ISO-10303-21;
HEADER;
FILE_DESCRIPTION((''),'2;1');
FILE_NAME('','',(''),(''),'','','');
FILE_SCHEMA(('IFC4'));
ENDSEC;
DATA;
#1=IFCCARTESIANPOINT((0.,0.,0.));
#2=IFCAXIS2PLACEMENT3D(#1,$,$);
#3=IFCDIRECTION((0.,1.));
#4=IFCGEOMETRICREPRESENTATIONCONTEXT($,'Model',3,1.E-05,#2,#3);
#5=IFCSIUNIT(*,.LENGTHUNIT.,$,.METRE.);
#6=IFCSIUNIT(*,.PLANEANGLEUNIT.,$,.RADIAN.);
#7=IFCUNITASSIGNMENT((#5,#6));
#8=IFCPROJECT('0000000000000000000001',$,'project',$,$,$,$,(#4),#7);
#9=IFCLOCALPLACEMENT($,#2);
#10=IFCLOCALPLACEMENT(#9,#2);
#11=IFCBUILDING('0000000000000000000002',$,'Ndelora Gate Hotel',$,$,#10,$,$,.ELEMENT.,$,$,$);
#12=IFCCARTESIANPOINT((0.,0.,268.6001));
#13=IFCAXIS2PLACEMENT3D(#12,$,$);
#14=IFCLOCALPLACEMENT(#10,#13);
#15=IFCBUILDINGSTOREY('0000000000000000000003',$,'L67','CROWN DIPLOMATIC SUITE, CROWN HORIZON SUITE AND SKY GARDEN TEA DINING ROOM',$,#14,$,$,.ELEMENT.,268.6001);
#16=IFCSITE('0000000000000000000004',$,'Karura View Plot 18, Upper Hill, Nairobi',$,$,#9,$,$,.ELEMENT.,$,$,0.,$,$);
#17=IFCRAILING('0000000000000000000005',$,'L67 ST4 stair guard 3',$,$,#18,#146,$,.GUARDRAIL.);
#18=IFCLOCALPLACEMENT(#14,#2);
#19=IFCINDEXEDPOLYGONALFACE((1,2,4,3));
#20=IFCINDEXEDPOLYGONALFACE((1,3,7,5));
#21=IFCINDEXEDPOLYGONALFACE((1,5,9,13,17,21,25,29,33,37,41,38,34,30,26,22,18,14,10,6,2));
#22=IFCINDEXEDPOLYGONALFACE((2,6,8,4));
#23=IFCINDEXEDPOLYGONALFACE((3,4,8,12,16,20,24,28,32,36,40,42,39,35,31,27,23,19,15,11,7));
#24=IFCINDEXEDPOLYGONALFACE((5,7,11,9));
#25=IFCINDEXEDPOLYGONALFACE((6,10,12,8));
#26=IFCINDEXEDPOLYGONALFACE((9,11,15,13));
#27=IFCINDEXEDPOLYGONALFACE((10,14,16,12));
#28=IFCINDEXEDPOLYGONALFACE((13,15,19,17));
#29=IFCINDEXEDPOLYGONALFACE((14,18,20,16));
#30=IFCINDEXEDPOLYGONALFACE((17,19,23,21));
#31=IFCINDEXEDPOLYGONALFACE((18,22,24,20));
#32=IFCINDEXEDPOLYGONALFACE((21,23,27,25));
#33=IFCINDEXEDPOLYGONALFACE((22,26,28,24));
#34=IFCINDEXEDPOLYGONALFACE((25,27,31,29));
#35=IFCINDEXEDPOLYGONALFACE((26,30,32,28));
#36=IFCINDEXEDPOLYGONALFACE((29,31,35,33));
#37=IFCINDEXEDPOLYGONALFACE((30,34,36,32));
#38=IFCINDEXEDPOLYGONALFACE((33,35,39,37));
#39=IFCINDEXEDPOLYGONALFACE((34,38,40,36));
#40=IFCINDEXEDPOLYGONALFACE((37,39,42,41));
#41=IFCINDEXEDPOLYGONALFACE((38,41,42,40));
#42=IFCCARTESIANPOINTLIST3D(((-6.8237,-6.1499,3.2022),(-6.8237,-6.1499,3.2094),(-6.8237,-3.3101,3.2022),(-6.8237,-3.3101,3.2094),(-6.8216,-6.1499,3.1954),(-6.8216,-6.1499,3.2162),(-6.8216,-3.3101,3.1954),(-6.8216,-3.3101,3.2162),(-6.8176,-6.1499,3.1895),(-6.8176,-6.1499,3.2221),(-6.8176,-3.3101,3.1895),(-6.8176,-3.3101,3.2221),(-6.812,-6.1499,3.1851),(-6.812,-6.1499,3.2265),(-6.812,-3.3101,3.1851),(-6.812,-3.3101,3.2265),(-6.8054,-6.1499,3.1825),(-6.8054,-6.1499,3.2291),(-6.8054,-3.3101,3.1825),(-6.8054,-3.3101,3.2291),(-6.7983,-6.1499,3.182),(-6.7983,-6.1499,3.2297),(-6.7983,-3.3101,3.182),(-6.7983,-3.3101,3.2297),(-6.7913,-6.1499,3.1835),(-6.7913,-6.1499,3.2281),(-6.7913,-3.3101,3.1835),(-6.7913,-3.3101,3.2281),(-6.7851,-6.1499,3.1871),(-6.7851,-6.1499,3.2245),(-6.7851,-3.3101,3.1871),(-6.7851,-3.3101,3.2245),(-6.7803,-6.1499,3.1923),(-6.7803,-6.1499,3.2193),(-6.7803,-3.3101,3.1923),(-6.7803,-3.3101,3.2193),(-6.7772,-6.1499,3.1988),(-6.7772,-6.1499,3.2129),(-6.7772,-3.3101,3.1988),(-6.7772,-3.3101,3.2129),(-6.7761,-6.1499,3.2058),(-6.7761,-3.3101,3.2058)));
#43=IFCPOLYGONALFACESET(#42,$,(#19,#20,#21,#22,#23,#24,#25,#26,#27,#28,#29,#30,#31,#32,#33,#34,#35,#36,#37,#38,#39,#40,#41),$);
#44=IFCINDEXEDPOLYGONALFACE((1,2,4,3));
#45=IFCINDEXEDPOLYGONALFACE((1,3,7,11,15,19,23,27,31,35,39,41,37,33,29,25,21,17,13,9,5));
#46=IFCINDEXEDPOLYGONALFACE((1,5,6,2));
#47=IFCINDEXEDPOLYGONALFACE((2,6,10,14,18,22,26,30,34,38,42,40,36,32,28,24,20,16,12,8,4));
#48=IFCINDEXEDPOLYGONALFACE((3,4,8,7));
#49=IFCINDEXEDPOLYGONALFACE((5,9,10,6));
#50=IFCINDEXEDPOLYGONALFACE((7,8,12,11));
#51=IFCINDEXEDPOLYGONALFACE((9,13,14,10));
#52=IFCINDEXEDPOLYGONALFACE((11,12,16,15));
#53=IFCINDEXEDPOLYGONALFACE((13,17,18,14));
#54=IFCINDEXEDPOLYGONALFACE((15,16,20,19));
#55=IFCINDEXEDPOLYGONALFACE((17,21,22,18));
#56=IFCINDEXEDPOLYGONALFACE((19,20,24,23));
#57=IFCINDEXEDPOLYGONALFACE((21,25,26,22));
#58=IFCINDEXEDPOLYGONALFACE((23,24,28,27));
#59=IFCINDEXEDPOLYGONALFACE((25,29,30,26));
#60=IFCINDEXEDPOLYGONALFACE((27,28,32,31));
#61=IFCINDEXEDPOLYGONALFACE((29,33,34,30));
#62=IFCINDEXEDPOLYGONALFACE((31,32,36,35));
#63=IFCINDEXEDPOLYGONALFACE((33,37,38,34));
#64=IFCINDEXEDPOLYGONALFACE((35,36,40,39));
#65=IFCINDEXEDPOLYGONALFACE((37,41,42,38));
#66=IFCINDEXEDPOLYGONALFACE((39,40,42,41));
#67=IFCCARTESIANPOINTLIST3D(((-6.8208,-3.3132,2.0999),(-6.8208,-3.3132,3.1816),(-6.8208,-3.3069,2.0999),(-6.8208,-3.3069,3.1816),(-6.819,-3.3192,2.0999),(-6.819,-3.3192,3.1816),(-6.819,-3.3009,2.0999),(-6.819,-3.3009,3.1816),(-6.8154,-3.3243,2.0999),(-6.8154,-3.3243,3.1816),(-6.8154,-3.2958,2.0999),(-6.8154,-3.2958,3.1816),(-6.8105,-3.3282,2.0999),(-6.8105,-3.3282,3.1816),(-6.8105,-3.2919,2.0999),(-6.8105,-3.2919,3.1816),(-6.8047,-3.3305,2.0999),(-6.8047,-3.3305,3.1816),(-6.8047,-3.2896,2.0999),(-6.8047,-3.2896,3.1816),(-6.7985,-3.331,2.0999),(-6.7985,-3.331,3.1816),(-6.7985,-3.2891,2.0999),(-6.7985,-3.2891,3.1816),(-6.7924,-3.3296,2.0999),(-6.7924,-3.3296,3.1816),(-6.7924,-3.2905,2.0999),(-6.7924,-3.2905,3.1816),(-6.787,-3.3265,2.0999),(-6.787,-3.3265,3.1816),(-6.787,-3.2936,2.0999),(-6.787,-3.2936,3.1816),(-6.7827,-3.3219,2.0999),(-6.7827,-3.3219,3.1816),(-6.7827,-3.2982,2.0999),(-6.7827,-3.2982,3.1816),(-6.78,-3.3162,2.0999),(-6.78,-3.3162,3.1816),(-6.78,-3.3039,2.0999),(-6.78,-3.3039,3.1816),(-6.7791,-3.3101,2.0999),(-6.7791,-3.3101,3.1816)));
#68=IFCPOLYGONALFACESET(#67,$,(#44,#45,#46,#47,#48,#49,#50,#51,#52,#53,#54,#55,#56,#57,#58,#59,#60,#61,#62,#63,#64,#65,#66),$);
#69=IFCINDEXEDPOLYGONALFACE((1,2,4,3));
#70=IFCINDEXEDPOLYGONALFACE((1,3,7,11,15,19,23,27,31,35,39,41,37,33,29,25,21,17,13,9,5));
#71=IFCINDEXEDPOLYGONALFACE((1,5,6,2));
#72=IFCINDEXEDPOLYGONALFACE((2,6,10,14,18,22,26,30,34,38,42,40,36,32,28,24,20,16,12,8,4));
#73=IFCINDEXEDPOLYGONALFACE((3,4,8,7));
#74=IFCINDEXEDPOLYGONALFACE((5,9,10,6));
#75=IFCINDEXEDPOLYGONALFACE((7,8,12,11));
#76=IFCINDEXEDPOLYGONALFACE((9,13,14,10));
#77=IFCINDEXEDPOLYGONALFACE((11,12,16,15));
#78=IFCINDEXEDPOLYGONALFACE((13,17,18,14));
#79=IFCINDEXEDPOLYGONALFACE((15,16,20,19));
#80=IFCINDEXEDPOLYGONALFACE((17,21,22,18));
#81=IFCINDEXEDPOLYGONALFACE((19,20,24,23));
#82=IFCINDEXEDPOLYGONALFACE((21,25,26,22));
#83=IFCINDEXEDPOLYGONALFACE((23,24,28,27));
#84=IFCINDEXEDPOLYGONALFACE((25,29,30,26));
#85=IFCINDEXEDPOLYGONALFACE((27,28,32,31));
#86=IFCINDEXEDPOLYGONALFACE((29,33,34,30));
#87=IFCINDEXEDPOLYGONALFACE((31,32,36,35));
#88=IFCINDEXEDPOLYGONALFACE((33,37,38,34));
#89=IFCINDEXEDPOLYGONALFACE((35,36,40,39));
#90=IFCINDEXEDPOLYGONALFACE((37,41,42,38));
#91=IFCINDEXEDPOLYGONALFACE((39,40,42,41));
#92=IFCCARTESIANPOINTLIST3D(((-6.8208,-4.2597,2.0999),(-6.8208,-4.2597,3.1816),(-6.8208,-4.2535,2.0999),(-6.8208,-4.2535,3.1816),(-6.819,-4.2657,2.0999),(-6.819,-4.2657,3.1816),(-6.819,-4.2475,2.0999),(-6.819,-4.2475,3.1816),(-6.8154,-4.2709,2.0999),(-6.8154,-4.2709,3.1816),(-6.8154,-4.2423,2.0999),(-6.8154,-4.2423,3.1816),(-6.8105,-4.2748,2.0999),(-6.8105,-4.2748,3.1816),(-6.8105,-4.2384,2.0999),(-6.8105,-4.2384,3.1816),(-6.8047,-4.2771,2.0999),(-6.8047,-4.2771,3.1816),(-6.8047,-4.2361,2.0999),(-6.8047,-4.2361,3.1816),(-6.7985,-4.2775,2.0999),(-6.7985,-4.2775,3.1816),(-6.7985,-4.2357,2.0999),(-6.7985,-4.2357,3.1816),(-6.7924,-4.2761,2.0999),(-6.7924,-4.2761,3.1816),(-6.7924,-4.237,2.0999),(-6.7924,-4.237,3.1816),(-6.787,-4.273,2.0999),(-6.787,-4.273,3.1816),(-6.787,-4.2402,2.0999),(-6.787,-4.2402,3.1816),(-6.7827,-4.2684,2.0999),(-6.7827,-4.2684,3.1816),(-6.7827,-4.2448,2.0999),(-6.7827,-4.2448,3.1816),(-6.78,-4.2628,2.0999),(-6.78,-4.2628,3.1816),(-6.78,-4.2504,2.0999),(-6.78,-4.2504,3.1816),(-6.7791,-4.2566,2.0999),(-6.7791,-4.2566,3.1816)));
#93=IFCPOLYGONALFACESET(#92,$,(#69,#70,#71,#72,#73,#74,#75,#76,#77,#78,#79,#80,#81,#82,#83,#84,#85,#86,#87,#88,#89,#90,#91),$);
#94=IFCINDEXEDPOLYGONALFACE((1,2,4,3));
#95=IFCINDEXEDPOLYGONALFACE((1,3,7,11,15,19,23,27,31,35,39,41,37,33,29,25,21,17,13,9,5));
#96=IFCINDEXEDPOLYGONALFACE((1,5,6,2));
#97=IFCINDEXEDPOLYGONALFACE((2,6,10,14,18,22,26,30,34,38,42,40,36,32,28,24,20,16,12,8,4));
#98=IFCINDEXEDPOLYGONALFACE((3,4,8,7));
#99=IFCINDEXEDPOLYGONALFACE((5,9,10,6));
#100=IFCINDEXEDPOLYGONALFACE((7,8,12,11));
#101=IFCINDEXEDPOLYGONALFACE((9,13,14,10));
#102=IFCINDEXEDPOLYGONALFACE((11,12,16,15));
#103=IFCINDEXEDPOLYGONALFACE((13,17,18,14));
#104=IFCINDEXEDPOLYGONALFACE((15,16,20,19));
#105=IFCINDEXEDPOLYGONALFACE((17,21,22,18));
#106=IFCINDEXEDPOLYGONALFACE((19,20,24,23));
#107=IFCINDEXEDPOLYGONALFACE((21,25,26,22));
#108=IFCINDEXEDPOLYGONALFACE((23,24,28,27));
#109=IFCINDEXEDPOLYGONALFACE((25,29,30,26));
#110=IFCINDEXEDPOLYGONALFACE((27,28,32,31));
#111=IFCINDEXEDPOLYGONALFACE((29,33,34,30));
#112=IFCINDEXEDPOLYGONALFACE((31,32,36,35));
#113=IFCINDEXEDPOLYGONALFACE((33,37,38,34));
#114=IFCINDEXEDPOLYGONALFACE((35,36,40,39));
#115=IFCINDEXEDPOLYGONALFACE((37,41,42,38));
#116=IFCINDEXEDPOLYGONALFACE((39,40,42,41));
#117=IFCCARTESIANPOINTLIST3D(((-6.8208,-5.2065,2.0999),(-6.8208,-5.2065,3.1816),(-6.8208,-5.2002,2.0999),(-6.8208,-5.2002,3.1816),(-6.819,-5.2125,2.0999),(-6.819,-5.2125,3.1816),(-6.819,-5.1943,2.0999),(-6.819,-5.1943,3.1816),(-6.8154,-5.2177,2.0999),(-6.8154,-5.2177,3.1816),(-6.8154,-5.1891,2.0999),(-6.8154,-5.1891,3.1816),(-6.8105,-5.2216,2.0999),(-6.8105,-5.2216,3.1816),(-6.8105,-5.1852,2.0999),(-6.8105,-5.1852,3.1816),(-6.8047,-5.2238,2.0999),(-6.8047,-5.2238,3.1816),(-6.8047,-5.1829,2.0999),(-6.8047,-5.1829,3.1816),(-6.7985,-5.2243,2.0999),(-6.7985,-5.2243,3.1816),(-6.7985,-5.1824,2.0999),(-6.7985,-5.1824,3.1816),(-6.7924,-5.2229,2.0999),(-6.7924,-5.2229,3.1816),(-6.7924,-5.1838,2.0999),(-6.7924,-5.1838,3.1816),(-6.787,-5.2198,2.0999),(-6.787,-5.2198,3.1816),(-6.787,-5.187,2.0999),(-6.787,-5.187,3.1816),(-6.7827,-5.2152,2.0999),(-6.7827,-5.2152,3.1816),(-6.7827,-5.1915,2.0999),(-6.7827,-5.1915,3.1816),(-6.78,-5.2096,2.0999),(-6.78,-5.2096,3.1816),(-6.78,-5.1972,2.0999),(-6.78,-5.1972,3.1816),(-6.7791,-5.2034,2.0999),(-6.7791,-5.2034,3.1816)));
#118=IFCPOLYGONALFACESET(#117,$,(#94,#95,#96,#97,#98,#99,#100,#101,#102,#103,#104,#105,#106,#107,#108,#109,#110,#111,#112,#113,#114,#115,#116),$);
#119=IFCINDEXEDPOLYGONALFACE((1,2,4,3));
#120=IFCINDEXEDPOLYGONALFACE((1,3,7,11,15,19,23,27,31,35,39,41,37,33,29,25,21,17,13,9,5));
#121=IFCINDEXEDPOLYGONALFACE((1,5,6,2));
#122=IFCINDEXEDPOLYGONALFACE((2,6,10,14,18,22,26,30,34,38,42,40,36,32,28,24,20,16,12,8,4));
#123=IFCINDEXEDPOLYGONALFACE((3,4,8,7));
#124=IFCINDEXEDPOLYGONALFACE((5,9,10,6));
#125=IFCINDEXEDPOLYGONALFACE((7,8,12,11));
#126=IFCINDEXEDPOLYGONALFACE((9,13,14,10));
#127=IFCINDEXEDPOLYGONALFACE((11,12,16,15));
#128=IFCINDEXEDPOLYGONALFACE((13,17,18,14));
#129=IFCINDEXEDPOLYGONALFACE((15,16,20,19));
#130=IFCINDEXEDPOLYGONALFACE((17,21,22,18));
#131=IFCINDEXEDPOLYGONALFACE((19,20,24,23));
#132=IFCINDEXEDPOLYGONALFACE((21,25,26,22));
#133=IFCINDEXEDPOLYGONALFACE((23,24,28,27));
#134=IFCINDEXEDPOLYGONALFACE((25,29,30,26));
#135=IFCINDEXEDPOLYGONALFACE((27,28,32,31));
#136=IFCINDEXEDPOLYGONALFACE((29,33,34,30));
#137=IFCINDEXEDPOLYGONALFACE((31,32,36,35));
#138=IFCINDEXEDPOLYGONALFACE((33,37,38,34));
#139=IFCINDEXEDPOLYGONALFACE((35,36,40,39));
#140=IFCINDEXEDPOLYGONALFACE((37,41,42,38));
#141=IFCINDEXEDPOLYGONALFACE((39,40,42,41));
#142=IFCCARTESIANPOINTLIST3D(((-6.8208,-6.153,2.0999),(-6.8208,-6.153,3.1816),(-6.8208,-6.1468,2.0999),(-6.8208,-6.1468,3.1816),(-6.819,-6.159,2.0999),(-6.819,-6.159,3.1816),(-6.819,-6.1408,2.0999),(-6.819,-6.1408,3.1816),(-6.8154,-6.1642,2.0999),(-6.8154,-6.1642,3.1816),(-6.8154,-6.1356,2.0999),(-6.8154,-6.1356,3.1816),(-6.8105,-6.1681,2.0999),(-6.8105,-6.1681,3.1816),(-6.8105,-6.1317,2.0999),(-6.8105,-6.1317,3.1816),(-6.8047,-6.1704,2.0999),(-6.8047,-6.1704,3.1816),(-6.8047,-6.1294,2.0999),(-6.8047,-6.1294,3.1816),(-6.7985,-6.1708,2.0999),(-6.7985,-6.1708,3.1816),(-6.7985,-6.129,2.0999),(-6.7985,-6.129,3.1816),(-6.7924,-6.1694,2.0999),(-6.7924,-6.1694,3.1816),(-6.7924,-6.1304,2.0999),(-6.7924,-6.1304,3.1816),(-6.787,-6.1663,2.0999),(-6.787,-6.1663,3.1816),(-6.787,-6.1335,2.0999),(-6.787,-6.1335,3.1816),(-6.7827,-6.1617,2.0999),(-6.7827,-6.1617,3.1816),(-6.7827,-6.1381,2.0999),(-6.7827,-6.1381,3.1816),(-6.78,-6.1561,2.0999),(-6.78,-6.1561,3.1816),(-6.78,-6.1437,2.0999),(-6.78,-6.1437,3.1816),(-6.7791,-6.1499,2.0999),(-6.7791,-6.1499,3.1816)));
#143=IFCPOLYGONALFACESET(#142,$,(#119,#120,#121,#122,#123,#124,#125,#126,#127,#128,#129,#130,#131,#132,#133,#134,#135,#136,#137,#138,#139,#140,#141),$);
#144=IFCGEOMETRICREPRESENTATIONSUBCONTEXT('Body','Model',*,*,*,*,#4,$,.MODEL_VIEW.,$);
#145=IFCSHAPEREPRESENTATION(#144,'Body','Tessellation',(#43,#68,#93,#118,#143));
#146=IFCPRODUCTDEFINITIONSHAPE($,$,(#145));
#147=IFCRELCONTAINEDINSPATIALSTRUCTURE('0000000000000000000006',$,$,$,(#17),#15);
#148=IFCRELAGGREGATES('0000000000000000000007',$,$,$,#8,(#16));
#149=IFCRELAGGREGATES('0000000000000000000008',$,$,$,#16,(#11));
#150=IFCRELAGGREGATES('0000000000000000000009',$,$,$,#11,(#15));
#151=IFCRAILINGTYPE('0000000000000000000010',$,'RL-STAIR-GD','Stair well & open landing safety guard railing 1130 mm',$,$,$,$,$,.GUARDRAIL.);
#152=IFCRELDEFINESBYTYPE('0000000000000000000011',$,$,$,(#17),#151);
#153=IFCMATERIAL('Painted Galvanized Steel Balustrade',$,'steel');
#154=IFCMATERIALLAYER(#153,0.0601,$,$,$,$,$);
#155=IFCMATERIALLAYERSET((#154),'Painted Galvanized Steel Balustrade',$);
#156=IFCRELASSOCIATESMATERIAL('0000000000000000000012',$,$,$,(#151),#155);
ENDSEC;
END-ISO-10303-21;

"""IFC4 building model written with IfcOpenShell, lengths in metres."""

from ifc_helpers import new_model, si_unit, direction, frame, origin, origin_2d, place, context, subcontext, project, spatial, circle, extrude, material, layer, layer_set, type_object, element, save


model = new_model("IFC4")

# Units and contexts
model_context = context("Model", 3, precision=1e-05, world=origin(), true_north=direction((0.0, 1.0)))
body_context = subcontext(model_context, "Body", "Model", "MODEL_VIEW")
ifc_project = project(units=[si_unit("LENGTHUNIT", "METRE"), si_unit("PLANEANGLEUNIT", "RADIAN")], contexts=[model_context])

# Site, building, storey
site_placement = place(None, origin())
site = spatial("IfcSite", under=ifc_project, at=site_placement, Name="Karura View Plot 18, Upper Hill, Nairobi", CompositionType="ELEMENT", RefElevation=0.0)
building_placement = place(site_placement, origin())
building = spatial("IfcBuilding", under=site, at=building_placement, Name="Ndelora Gate Hotel", CompositionType="ELEMENT")
storey_placement = place(building_placement, frame((0.0, 0.0, 268.6001)))
storey = spatial("IfcBuildingStorey", under=building, at=storey_placement, Name="L67", Description="CROWN DIPLOMATIC SUITE, CROWN HORIZON SUITE AND SKY GARDEN TEA DINING ROOM", CompositionType="ELEMENT", Elevation=268.6001)

# Railing
ifc_material_1 = material(Name="Painted Galvanized Steel Balustrade", Category="steel")
ifc_layer_1 = layer(ifc_material_1, 0.0601)
ifc_layer_set_1 = layer_set([ifc_layer_1], Name="Painted Galvanized Steel Balustrade")
railing_type_1 = type_object("IfcRailingType", Name="RL-STAIR-GD", Description="Stair well & open landing safety guard railing 1130 mm", PredefinedType="GUARDRAIL", material=ifc_layer_set_1)
for number, where, name in (
    (1, (-6.8, -3.3101, 2.0999), "L67 ST4 stair guard 3"),
):
    element("IfcRailing", number, at=place(storey_placement, frame(where)), inside=storey, type_object=railing_type_1, Name=name, PredefinedType="GUARDRAIL", context=body_context, shape_type="SweptSolid", body=[
        extrude(circle(Radius=0.0239, at=origin_2d()), frame((0.0, 0.0, 1.106), z_axis=(0.0, -1.0, 0.0), x_axis=(1.0, 0.0, 0.0)), (0.0, 0.0, 1.0), 2.8398),
        extrude(circle(Radius=0.021, at=origin_2d()), origin(), (0.0, 0.0, 1.0), 1.0818),
        extrude(circle(Radius=0.021, at=origin_2d()), frame((0.0, -0.9465, 0.0)), (0.0, 0.0, 1.0), 1.0818),
        extrude(circle(Radius=0.021, at=origin_2d()), frame((0.0, -1.8933, 0.0)), (0.0, 0.0, 1.0), 1.0818),
        extrude(circle(Radius=0.021, at=origin_2d()), frame((0.0, -2.8398, 0.0)), (0.0, 0.0, 1.0), 1.0818),
    ])

save(model, "model.ifc")
